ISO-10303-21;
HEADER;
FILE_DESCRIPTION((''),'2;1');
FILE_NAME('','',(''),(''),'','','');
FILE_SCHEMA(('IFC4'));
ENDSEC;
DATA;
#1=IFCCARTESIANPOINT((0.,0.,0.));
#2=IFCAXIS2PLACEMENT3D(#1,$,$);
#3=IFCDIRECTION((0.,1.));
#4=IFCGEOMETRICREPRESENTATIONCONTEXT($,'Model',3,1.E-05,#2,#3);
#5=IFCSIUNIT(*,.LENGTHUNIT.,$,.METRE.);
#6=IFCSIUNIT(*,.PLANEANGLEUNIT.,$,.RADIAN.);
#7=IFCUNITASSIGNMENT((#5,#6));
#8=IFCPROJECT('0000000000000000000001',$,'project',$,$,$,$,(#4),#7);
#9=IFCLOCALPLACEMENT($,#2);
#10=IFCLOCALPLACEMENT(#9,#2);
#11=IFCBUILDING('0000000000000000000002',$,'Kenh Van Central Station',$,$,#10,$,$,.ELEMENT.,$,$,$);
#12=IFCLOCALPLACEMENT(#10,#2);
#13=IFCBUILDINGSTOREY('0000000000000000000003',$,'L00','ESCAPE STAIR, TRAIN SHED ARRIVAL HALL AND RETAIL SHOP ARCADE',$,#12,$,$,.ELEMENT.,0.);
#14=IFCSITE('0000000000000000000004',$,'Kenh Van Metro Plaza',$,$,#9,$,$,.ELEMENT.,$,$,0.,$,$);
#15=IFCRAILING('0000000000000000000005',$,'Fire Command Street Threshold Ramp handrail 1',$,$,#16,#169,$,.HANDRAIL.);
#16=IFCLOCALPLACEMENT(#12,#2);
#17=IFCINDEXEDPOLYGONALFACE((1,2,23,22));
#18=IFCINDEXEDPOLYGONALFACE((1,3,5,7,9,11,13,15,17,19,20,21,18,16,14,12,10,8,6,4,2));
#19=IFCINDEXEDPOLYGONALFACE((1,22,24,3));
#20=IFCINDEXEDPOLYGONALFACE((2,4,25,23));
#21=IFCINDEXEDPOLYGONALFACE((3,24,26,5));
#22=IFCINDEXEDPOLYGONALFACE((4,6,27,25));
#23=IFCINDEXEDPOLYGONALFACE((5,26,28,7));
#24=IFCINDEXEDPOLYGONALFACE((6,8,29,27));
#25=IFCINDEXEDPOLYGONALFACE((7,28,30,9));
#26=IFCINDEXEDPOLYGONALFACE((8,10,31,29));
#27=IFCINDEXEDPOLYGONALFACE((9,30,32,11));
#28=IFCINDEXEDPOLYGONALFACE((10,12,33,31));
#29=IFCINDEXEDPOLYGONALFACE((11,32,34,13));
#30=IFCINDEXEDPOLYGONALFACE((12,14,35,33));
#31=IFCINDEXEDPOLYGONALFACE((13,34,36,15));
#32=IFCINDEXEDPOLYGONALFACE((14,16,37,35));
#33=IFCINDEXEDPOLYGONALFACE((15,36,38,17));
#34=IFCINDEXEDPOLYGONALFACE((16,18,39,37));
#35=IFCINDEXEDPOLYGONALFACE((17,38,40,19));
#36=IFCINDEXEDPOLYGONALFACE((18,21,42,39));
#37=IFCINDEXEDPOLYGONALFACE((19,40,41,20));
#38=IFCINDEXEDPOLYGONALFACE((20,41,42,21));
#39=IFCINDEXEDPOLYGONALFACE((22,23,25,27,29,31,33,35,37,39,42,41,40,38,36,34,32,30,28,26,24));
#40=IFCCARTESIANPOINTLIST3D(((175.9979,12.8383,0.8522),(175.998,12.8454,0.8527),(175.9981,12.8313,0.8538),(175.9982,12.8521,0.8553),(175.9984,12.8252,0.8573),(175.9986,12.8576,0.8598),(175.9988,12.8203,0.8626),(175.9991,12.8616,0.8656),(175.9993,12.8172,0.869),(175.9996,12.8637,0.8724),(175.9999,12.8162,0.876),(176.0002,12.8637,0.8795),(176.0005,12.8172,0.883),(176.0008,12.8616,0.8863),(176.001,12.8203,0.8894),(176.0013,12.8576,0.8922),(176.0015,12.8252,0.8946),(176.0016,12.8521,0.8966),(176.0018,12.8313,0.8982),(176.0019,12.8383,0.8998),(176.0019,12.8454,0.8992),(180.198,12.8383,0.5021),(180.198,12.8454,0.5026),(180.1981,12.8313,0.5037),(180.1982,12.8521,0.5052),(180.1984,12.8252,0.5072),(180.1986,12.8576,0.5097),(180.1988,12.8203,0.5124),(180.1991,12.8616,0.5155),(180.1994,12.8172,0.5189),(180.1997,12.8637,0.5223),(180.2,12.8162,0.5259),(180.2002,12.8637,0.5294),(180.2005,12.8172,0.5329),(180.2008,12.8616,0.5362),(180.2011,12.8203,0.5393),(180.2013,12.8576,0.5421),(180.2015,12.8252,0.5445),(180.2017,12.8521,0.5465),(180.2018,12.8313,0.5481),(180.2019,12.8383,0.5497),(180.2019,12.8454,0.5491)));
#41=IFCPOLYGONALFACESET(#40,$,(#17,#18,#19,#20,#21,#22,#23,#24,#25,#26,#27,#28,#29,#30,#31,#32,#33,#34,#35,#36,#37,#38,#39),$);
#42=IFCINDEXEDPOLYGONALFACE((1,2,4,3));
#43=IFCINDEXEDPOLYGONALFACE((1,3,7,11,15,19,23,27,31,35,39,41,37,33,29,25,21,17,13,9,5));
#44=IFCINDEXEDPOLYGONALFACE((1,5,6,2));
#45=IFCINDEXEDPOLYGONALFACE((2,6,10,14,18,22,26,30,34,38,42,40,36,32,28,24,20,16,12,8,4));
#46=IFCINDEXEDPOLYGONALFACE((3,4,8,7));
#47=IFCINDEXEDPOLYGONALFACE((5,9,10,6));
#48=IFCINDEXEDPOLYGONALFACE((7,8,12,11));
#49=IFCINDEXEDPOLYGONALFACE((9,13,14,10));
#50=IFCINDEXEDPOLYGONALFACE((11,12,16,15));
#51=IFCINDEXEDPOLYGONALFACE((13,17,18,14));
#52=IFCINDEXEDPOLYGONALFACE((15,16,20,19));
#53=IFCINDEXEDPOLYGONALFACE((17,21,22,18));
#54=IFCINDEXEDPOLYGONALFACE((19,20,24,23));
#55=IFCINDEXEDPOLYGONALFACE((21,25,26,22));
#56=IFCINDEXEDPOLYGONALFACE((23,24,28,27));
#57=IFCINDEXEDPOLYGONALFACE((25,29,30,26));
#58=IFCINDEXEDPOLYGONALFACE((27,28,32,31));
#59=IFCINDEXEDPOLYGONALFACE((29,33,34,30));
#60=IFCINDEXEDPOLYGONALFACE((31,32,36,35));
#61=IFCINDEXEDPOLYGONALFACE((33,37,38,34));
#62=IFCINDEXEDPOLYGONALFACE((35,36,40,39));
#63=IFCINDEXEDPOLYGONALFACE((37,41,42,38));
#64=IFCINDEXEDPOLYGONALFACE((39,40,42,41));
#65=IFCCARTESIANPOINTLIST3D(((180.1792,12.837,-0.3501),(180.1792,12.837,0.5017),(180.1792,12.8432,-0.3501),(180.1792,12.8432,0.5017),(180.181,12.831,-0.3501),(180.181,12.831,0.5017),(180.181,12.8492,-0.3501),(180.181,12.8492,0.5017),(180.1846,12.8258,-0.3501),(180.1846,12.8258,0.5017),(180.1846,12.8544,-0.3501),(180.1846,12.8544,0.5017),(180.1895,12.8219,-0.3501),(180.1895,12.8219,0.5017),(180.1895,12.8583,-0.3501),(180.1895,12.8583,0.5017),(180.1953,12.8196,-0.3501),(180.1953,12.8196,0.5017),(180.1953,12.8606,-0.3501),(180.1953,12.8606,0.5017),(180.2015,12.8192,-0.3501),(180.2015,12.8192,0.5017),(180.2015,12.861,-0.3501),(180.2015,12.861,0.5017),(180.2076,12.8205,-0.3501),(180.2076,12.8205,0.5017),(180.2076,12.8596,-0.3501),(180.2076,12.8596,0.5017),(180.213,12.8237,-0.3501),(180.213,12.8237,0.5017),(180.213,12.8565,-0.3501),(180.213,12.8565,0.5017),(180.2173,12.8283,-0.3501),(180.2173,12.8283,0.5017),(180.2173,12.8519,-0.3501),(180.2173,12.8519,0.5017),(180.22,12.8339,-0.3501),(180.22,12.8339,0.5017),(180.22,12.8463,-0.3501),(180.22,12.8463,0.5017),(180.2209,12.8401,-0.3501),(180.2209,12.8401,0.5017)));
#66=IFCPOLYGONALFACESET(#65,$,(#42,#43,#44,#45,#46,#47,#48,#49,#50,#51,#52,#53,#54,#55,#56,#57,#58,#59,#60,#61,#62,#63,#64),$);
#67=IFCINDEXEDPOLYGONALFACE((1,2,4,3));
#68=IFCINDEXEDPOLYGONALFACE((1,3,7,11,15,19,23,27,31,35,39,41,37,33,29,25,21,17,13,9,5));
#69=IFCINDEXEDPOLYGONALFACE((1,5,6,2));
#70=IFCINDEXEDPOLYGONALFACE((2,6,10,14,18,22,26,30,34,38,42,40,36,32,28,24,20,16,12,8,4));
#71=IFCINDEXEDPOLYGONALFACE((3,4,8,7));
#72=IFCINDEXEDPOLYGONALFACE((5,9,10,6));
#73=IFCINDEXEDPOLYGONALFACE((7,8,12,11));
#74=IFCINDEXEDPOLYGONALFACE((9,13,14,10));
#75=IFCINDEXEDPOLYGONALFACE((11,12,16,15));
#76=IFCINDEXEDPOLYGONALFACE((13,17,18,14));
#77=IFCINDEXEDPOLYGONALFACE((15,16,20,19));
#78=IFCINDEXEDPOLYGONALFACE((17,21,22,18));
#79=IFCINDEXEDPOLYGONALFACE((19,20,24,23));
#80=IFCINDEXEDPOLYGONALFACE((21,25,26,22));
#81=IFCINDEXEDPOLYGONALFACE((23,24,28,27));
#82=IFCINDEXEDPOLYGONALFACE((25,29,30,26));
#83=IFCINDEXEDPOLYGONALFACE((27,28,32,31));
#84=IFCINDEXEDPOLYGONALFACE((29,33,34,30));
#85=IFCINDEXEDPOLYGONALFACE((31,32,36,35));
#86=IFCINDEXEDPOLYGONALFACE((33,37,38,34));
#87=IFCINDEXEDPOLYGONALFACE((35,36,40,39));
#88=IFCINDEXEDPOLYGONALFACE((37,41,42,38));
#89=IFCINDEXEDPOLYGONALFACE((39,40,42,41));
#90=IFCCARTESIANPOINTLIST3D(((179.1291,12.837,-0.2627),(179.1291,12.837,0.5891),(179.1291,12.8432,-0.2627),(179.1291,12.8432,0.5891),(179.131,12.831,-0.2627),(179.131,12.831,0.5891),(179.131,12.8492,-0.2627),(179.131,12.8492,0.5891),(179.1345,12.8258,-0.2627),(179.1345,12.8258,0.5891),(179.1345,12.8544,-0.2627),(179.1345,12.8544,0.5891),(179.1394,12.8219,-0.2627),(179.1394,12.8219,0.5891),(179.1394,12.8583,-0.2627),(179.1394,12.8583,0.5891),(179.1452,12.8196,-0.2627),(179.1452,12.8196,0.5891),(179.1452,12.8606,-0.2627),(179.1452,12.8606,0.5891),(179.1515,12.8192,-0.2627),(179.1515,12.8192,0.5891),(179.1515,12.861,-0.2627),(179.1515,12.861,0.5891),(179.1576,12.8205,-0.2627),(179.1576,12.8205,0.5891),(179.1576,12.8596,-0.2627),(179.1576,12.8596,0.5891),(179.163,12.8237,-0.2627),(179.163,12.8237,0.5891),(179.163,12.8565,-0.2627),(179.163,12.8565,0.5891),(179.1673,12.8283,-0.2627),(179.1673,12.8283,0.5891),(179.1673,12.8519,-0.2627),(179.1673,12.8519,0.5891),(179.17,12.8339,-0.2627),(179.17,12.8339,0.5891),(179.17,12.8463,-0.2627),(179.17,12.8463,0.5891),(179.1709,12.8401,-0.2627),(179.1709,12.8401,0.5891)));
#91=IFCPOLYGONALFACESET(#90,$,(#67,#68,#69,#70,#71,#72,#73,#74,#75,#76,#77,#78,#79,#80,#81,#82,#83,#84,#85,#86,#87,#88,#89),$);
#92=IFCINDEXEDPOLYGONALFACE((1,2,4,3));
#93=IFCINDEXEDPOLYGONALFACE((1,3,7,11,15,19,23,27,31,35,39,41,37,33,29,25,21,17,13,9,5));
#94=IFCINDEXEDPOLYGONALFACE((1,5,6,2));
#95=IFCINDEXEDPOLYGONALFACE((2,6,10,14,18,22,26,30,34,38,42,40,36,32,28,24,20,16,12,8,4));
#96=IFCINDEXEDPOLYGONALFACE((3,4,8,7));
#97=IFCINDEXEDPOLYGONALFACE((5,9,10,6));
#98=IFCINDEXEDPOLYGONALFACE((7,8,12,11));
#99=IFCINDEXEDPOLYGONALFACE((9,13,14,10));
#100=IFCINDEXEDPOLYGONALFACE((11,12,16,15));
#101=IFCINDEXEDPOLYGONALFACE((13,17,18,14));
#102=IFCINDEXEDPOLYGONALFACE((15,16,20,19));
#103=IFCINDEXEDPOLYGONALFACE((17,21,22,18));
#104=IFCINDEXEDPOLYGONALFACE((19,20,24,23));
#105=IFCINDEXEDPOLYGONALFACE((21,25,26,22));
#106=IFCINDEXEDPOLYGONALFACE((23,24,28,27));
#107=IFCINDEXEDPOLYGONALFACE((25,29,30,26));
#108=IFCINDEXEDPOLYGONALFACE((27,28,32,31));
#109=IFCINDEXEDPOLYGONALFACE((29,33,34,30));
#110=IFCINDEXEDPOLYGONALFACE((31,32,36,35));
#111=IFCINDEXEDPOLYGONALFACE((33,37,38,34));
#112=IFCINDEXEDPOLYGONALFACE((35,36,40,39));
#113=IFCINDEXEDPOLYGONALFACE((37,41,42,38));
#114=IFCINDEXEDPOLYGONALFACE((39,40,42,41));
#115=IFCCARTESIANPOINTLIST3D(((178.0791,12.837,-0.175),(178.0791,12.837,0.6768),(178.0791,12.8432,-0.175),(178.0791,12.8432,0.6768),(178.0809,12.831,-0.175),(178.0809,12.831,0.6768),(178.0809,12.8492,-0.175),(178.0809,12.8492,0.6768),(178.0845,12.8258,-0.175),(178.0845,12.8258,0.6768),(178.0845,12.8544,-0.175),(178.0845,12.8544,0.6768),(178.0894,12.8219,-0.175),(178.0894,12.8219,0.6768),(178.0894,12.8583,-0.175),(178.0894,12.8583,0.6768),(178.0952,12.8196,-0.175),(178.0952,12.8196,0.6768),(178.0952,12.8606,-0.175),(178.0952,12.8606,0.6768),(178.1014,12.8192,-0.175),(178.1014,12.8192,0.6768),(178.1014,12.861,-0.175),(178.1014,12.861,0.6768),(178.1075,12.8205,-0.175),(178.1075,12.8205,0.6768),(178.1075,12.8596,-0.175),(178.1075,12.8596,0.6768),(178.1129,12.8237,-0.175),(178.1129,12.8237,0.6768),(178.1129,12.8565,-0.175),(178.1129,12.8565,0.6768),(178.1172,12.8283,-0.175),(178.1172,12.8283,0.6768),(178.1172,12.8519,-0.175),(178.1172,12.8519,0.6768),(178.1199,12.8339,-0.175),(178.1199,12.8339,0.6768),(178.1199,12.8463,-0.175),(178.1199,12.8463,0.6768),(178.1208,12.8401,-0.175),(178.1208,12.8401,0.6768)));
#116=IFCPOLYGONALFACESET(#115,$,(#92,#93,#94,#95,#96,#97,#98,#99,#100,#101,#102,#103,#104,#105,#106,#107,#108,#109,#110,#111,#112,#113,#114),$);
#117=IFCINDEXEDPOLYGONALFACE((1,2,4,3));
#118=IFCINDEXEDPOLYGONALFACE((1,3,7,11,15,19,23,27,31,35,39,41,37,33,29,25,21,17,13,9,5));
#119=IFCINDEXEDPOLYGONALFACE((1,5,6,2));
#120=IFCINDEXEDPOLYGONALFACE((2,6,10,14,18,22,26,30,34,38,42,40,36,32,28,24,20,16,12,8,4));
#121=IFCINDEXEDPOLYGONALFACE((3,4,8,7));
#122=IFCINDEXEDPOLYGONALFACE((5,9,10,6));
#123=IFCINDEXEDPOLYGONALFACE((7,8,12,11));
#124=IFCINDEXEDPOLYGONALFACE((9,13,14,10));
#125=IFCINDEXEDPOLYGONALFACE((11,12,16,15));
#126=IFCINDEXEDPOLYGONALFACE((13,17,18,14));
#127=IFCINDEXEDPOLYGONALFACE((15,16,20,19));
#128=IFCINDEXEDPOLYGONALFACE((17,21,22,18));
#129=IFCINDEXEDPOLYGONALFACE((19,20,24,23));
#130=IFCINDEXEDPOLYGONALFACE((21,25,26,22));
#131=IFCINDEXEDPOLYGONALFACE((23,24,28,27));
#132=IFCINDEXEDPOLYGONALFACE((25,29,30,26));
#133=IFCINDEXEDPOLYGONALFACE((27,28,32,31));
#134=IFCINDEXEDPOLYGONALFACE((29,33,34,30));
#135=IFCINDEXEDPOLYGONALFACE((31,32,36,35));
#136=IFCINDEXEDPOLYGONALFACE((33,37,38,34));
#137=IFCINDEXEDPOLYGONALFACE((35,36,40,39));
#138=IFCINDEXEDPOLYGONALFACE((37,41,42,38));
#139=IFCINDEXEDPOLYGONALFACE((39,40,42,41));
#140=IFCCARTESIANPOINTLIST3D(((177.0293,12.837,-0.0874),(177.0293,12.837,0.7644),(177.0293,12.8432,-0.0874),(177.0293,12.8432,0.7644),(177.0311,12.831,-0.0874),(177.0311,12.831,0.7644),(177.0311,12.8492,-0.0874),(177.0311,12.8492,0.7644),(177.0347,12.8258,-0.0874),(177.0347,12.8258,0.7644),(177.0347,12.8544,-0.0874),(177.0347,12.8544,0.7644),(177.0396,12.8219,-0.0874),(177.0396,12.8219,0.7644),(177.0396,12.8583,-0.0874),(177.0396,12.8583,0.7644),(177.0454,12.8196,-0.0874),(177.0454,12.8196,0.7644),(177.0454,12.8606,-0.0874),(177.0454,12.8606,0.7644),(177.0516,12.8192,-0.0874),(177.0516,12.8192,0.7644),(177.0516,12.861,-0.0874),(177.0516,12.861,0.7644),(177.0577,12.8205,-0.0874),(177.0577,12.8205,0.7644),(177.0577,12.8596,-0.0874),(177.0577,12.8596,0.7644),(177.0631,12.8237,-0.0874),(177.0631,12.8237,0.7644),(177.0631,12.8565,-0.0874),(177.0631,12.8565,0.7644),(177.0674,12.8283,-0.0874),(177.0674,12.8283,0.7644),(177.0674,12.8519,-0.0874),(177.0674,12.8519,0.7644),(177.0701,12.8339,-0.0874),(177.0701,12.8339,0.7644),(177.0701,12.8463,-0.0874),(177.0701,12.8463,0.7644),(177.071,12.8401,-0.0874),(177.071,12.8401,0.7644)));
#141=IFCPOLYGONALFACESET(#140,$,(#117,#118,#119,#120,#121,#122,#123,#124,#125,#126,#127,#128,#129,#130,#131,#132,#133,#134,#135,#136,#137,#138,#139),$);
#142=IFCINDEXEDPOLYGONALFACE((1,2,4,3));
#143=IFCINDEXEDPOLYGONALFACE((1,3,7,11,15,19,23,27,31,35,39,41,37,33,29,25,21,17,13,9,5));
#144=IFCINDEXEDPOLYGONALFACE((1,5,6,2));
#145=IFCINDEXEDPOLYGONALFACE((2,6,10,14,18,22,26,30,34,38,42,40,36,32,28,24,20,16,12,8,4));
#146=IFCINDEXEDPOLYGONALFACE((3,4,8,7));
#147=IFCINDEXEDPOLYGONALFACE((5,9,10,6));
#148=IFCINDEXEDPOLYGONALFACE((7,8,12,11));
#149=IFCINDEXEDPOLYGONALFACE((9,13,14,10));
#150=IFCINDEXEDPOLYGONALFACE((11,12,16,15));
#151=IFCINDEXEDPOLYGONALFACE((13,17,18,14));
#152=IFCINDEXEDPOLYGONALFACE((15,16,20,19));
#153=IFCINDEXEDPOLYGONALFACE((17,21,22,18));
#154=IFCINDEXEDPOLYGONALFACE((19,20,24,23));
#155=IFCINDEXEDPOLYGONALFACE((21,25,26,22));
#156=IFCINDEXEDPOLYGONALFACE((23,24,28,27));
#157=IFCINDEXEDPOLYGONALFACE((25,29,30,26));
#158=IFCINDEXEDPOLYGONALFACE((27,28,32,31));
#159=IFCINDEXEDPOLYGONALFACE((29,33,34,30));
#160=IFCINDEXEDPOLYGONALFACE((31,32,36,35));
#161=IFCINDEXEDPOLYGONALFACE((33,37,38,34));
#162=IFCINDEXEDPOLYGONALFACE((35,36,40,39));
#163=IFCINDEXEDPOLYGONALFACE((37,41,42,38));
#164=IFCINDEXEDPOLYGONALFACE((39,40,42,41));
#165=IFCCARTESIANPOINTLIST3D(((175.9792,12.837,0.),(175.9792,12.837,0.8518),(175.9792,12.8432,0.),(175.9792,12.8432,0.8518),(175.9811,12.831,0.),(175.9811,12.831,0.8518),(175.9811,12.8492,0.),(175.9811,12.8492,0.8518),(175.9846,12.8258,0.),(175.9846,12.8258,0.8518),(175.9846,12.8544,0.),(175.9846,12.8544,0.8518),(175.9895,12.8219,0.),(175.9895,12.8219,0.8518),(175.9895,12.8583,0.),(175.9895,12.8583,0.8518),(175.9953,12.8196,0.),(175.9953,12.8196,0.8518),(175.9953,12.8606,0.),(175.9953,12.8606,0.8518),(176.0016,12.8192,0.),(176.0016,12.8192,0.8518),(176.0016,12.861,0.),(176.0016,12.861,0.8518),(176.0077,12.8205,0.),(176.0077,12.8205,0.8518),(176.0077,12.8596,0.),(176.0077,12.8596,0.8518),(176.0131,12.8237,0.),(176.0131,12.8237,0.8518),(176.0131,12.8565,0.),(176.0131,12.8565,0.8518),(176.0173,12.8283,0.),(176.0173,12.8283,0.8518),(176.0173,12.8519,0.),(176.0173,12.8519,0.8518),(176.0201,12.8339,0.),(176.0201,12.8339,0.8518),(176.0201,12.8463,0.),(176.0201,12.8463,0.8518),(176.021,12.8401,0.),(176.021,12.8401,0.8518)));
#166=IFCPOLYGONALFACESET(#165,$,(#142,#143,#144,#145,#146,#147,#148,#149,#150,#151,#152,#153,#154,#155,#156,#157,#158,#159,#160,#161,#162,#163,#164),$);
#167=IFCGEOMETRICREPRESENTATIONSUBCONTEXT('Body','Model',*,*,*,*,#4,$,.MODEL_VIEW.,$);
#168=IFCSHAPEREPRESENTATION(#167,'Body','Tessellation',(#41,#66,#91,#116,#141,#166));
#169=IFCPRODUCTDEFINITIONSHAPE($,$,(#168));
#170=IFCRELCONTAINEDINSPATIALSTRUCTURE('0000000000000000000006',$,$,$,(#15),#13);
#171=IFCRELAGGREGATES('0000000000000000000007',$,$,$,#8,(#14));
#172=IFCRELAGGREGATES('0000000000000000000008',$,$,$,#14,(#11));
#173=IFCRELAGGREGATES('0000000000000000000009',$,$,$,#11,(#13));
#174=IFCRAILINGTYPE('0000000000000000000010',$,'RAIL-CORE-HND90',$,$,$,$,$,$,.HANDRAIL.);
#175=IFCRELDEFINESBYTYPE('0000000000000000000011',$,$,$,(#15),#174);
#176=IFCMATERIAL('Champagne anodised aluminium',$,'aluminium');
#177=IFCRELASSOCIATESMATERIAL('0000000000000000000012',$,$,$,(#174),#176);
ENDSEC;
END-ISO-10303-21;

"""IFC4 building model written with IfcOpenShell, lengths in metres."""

from ifc_helpers import new_model, si_unit, direction, frame, origin, origin_2d, place, context, subcontext, project, spatial, circle, extrude, material, type_object, element, save


model = new_model("IFC4")

# Units and contexts
model_context = context("Model", 3, precision=1e-05, world=origin(), true_north=direction((0.0, 1.0)))
body_context = subcontext(model_context, "Body", "Model", "MODEL_VIEW")
ifc_project = project(units=[si_unit("LENGTHUNIT", "METRE"), si_unit("PLANEANGLEUNIT", "RADIAN")], contexts=[model_context])

# Site, building, storey
site_placement = place(None, origin())
site = spatial("IfcSite", under=ifc_project, at=site_placement, Name="Kenh Van Metro Plaza", CompositionType="ELEMENT", RefElevation=0.0)
building_placement = place(site_placement, origin())
building = spatial("IfcBuilding", under=site, at=building_placement, Name="Kenh Van Central Station", CompositionType="ELEMENT")
storey_placement = place(building_placement, origin())
storey = spatial("IfcBuildingStorey", under=building, at=storey_placement, Name="L00", Description="ESCAPE STAIR, TRAIN SHED ARRIVAL HALL AND RETAIL SHOP ARCADE", CompositionType="ELEMENT", Elevation=0.0)

# Shared definitions
ifc_material_1 = material(Name="Champagne anodised aluminium", Category="aluminium")

# Railing
railing_type = type_object("IfcRailingType", Name="RAIL-CORE-HND90", PredefinedType="HANDRAIL", material=ifc_material_1)
for number, where, name in (
    (1, (180.2, 12.8401, -0.3501), "Fire Command Street Threshold Ramp handrail 1"),
):
    element("IfcRailing", number, at=place(storey_placement, frame(where)), inside=storey, type_object=railing_type, Name=name, PredefinedType="HANDRAIL", context=body_context, shape_type="SweptSolid", body=[
        extrude(circle(Radius=0.0239, at=origin_2d()), frame((0.0, 0.0, 0.876), z_axis=(-0.996544, 0.0, 0.083069), x_axis=(0.0, -1.0, 0.0)), (0.0, 0.0, 1.0), 4.2146),
        extrude(circle(Radius=0.021, at=origin_2d()), origin(), (0.0, 0.0, 1.0), 0.8518),
        extrude(circle(Radius=0.021, at=origin_2d()), frame((-1.05, 0.0, 0.0874)), (0.0, 0.0, 1.0), 0.8518),
        extrude(circle(Radius=0.021, at=origin_2d()), frame((-2.1001, 0.0, 0.175)), (0.0, 0.0, 1.0), 0.8518),
        extrude(circle(Radius=0.021, at=origin_2d()), frame((-3.1499, 0.0, 0.2627)), (0.0, 0.0, 1.0), 0.8518),
        extrude(circle(Radius=0.021, at=origin_2d()), frame((-4.2, 0.0, 0.3501)), (0.0, 0.0, 1.0), 0.8518),
    ])

save(model, "model.ifc")
